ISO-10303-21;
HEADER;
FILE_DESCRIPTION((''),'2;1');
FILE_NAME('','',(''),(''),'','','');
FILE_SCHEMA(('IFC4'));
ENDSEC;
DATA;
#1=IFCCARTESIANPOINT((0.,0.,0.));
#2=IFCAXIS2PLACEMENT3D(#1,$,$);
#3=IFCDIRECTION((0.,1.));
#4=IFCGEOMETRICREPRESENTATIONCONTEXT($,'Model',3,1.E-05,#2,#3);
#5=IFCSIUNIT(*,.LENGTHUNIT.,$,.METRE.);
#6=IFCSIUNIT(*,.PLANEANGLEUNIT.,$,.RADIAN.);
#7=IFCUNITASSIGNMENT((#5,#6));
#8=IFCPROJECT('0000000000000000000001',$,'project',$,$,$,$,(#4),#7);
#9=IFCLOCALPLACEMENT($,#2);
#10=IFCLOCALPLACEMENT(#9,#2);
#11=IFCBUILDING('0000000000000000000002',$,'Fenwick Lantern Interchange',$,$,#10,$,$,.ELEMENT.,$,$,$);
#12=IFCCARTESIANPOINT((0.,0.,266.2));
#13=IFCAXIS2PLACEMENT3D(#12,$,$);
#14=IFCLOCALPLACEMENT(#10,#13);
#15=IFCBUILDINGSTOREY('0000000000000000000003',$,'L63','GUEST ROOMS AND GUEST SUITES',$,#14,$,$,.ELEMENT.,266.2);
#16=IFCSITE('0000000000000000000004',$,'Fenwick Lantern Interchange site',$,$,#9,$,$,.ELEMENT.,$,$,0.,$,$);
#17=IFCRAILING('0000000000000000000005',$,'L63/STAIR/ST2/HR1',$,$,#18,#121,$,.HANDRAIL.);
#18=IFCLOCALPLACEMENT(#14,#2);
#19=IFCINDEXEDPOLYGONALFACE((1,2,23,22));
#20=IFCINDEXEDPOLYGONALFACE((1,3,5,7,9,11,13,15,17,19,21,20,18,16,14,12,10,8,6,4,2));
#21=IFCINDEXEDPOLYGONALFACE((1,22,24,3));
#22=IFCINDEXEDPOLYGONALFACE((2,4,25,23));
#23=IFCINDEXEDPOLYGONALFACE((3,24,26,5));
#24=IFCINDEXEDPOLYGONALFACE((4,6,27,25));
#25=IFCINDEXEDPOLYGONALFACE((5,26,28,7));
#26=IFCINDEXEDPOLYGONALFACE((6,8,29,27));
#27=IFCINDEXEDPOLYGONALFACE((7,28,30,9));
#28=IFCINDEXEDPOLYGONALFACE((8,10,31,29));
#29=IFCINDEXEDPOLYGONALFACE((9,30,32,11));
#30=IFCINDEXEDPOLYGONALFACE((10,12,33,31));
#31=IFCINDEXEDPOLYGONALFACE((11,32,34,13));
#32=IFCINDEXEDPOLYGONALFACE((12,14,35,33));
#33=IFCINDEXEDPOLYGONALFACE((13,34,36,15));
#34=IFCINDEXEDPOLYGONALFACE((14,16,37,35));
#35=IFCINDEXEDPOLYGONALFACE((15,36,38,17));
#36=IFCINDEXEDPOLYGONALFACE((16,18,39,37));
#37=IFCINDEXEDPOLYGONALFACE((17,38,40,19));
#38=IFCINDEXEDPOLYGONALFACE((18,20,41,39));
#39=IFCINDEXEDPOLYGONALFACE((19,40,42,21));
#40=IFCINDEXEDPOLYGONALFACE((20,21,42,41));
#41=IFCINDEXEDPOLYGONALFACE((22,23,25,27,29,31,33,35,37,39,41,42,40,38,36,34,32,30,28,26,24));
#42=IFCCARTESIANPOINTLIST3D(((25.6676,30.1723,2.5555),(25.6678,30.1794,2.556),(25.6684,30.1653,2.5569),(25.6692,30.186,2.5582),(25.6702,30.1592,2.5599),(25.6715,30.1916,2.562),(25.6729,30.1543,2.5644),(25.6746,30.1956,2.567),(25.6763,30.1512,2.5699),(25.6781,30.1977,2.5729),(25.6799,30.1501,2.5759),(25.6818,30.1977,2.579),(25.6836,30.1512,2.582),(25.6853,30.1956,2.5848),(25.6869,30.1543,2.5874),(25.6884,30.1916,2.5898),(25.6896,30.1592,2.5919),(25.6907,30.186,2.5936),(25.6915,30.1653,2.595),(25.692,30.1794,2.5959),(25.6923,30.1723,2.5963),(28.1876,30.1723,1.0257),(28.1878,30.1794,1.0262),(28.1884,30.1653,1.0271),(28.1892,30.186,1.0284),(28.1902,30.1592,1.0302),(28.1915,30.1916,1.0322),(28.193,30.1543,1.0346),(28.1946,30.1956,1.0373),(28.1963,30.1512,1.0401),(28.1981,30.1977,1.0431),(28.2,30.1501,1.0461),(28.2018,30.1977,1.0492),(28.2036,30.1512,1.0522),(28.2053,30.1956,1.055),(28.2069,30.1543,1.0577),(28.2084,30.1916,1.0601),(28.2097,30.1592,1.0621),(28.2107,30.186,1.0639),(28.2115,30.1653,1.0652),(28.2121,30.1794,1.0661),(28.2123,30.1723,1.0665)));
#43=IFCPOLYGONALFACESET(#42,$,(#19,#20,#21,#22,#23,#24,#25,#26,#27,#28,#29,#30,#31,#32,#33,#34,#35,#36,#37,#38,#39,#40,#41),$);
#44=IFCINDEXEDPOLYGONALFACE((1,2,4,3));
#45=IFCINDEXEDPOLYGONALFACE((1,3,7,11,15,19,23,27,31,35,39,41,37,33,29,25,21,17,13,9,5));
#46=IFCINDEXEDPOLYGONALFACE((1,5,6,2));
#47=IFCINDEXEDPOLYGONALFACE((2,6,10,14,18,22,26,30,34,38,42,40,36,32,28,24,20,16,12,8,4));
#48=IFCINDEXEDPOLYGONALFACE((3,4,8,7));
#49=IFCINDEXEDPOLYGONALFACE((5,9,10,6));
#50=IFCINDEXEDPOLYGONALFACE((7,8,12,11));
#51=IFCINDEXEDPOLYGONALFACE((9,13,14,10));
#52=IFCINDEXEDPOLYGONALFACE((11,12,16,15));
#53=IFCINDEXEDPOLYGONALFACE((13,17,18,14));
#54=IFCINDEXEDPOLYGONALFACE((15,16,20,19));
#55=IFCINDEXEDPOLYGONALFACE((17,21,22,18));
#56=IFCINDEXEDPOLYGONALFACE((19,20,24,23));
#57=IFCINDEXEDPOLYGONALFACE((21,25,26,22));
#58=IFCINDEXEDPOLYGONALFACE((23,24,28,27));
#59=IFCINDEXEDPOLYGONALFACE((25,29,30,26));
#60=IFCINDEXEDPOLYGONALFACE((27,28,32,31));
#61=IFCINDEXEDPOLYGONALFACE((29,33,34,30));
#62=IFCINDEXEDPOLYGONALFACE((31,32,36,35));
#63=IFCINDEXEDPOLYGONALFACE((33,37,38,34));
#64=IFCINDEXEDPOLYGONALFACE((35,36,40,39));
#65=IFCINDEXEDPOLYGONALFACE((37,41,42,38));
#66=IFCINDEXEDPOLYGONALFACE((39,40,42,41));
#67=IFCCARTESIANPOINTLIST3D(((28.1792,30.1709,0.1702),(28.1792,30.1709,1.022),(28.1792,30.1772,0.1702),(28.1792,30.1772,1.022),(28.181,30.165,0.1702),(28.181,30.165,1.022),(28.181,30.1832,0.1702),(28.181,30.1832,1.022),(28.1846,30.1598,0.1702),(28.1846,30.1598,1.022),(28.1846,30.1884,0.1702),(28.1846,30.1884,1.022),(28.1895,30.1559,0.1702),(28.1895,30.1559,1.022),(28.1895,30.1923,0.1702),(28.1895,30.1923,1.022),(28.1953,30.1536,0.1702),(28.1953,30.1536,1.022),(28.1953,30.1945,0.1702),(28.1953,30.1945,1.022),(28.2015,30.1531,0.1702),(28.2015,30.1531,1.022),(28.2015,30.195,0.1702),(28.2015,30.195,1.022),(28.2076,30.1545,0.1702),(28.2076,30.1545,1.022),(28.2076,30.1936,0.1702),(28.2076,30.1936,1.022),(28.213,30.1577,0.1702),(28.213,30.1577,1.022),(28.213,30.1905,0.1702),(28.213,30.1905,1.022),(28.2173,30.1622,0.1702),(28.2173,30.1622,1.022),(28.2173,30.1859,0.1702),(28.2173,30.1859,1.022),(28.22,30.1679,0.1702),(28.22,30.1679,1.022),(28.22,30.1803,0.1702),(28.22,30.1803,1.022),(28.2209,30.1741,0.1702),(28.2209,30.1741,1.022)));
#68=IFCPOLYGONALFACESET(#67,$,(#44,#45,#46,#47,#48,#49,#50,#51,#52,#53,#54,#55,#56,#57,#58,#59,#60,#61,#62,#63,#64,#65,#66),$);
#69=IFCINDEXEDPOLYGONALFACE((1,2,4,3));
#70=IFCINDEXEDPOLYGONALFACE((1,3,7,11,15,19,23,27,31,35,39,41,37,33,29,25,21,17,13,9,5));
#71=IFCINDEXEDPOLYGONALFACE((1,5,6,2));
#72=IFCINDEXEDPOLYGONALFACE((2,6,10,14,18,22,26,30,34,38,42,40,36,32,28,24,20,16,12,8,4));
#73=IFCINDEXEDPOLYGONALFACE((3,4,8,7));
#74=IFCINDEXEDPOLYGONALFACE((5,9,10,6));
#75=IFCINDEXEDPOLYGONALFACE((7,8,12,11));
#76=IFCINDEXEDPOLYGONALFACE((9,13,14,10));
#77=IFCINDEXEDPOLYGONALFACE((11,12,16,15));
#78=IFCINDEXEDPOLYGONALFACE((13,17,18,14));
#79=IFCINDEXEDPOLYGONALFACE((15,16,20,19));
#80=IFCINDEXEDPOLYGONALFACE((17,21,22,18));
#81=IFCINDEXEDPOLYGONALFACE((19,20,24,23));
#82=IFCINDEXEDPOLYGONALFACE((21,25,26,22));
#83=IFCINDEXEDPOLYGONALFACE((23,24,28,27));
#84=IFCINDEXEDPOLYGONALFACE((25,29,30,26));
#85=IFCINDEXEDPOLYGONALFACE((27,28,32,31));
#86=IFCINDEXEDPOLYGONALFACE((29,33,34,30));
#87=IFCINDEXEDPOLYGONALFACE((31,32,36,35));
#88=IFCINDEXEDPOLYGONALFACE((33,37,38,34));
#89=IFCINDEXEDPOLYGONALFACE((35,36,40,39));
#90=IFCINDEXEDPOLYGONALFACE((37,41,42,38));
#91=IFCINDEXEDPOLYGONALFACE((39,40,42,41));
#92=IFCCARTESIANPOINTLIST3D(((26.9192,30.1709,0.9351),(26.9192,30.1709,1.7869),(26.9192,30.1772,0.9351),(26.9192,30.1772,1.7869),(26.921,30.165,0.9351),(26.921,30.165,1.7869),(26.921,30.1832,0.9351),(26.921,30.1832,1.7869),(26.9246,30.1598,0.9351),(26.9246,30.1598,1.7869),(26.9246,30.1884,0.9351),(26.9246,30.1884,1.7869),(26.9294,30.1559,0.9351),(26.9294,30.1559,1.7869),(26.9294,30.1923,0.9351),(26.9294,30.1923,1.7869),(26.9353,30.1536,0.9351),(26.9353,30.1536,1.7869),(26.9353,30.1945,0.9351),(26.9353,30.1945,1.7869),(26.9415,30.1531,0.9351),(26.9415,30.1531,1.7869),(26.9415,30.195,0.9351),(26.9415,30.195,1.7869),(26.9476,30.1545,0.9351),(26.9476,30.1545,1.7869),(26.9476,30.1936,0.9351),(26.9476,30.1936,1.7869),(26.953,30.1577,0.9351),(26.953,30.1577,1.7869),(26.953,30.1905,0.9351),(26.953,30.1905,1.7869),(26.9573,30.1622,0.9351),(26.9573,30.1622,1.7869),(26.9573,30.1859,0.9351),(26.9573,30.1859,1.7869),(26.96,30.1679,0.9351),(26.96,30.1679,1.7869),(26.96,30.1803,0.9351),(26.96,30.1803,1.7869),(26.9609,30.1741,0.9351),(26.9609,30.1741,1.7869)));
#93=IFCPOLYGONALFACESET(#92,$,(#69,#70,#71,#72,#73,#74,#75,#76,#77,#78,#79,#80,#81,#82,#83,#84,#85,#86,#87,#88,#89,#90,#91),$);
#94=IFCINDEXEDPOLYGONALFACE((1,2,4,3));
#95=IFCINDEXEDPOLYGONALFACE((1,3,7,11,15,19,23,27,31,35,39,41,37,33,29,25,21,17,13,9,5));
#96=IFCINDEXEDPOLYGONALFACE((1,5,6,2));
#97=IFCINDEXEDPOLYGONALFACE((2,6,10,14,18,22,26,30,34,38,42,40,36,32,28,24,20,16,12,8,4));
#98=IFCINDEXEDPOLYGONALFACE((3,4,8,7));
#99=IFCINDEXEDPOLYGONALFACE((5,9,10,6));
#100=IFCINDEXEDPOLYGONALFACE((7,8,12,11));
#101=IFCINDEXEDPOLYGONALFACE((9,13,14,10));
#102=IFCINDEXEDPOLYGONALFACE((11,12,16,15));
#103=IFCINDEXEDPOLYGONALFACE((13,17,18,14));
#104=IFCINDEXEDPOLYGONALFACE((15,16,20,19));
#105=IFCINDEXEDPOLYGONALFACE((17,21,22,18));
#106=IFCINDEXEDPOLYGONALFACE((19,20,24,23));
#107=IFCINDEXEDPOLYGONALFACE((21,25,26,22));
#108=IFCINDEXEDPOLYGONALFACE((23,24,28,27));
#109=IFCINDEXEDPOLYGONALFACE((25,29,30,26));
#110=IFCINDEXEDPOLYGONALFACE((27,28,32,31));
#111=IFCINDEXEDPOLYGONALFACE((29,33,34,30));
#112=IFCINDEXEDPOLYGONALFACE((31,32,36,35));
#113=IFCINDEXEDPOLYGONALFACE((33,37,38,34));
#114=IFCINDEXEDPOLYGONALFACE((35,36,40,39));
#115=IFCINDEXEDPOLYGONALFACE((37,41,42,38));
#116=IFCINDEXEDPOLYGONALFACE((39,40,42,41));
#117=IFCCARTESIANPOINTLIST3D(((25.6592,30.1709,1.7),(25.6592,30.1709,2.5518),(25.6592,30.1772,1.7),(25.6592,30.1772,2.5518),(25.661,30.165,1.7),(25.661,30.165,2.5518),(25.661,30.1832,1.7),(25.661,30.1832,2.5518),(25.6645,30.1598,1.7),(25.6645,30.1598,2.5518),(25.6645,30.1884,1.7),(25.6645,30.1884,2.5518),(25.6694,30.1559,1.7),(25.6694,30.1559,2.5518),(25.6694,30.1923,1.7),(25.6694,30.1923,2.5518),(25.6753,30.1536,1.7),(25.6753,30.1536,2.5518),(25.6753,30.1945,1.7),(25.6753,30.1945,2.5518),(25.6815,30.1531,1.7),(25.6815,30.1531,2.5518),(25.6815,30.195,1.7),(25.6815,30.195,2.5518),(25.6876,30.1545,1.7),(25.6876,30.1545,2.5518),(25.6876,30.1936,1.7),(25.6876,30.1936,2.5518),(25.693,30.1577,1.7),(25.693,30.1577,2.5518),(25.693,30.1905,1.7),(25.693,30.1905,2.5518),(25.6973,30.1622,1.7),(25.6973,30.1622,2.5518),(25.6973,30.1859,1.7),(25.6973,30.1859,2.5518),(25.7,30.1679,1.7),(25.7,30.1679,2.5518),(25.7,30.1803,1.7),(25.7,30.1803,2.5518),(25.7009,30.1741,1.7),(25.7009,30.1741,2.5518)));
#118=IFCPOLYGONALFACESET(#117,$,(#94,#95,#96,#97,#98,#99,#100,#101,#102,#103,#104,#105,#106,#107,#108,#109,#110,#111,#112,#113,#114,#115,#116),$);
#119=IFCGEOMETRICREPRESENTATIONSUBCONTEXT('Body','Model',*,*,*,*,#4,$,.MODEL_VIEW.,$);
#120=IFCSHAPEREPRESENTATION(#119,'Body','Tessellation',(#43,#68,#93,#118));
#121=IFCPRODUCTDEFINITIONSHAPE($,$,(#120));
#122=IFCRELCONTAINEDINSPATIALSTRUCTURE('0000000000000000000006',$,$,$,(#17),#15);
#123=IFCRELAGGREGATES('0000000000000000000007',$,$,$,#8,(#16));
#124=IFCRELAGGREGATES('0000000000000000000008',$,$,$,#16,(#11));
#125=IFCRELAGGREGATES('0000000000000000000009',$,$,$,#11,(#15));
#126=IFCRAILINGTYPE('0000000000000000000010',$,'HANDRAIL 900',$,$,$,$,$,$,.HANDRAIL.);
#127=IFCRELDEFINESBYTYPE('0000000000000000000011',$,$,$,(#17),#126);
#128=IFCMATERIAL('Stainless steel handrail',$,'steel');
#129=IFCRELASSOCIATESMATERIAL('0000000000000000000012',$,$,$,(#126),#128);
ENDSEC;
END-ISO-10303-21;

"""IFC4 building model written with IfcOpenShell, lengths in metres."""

from ifc_helpers import new_model, si_unit, direction, frame, origin, origin_2d, place, context, subcontext, project, spatial, circle, extrude, material, type_object, element, save


model = new_model("IFC4")

# Units and contexts
model_context = context("Model", 3, precision=1e-05, world=origin(), true_north=direction((0.0, 1.0)))
body_context = subcontext(model_context, "Body", "Model", "MODEL_VIEW")
ifc_project = project(units=[si_unit("LENGTHUNIT", "METRE"), si_unit("PLANEANGLEUNIT", "RADIAN")], contexts=[model_context])

# Site, building, storey
site_placement = place(None, origin())
site = spatial("IfcSite", under=ifc_project, at=site_placement, Name="Fenwick Lantern Interchange site", CompositionType="ELEMENT", RefElevation=0.0)
building_placement = place(site_placement, origin())
building = spatial("IfcBuilding", under=site, at=building_placement, Name="Fenwick Lantern Interchange", CompositionType="ELEMENT")
storey_placement = place(building_placement, frame((0.0, 0.0, 266.2)))
storey = spatial("IfcBuildingStorey", under=building, at=storey_placement, Name="L63", Description="GUEST ROOMS AND GUEST SUITES", CompositionType="ELEMENT", Elevation=266.2)

# Railing
ifc_material_1 = material(Name="Stainless steel handrail", Category="steel")
railing_type = type_object("IfcRailingType", Name="HANDRAIL 900", PredefinedType="HANDRAIL", material=ifc_material_1)
railing_1_placement = place(storey_placement, frame((28.2, 30.1741, 0.1702)))
element("IfcRailing", 1, at=railing_1_placement, inside=storey, type_object=railing_type, Name="L63/STAIR/ST2/HR1", PredefinedType="HANDRAIL", context=body_context, shape_type="SweptSolid", body=[
    extrude(circle(Radius=0.0239, at=origin_2d()), frame((0.0, 0.0, 0.876), z_axis=(-0.854822, 0.0, 0.518922), x_axis=(0.0, -1.0, 0.0)), (0.0, 0.0, 1.0), 2.948),
    extrude(circle(Radius=0.021, at=origin_2d()), origin(), (0.0, 0.0, 1.0), 0.8518),
    extrude(circle(Radius=0.021, at=origin_2d()), frame((-1.26, 0.0, 0.7649)), (0.0, 0.0, 1.0), 0.8518),
    extrude(circle(Radius=0.021, at=origin_2d()), frame((-2.52, 0.0, 1.5298)), (0.0, 0.0, 1.0), 0.8518),
])

save(model, "model.ifc")
